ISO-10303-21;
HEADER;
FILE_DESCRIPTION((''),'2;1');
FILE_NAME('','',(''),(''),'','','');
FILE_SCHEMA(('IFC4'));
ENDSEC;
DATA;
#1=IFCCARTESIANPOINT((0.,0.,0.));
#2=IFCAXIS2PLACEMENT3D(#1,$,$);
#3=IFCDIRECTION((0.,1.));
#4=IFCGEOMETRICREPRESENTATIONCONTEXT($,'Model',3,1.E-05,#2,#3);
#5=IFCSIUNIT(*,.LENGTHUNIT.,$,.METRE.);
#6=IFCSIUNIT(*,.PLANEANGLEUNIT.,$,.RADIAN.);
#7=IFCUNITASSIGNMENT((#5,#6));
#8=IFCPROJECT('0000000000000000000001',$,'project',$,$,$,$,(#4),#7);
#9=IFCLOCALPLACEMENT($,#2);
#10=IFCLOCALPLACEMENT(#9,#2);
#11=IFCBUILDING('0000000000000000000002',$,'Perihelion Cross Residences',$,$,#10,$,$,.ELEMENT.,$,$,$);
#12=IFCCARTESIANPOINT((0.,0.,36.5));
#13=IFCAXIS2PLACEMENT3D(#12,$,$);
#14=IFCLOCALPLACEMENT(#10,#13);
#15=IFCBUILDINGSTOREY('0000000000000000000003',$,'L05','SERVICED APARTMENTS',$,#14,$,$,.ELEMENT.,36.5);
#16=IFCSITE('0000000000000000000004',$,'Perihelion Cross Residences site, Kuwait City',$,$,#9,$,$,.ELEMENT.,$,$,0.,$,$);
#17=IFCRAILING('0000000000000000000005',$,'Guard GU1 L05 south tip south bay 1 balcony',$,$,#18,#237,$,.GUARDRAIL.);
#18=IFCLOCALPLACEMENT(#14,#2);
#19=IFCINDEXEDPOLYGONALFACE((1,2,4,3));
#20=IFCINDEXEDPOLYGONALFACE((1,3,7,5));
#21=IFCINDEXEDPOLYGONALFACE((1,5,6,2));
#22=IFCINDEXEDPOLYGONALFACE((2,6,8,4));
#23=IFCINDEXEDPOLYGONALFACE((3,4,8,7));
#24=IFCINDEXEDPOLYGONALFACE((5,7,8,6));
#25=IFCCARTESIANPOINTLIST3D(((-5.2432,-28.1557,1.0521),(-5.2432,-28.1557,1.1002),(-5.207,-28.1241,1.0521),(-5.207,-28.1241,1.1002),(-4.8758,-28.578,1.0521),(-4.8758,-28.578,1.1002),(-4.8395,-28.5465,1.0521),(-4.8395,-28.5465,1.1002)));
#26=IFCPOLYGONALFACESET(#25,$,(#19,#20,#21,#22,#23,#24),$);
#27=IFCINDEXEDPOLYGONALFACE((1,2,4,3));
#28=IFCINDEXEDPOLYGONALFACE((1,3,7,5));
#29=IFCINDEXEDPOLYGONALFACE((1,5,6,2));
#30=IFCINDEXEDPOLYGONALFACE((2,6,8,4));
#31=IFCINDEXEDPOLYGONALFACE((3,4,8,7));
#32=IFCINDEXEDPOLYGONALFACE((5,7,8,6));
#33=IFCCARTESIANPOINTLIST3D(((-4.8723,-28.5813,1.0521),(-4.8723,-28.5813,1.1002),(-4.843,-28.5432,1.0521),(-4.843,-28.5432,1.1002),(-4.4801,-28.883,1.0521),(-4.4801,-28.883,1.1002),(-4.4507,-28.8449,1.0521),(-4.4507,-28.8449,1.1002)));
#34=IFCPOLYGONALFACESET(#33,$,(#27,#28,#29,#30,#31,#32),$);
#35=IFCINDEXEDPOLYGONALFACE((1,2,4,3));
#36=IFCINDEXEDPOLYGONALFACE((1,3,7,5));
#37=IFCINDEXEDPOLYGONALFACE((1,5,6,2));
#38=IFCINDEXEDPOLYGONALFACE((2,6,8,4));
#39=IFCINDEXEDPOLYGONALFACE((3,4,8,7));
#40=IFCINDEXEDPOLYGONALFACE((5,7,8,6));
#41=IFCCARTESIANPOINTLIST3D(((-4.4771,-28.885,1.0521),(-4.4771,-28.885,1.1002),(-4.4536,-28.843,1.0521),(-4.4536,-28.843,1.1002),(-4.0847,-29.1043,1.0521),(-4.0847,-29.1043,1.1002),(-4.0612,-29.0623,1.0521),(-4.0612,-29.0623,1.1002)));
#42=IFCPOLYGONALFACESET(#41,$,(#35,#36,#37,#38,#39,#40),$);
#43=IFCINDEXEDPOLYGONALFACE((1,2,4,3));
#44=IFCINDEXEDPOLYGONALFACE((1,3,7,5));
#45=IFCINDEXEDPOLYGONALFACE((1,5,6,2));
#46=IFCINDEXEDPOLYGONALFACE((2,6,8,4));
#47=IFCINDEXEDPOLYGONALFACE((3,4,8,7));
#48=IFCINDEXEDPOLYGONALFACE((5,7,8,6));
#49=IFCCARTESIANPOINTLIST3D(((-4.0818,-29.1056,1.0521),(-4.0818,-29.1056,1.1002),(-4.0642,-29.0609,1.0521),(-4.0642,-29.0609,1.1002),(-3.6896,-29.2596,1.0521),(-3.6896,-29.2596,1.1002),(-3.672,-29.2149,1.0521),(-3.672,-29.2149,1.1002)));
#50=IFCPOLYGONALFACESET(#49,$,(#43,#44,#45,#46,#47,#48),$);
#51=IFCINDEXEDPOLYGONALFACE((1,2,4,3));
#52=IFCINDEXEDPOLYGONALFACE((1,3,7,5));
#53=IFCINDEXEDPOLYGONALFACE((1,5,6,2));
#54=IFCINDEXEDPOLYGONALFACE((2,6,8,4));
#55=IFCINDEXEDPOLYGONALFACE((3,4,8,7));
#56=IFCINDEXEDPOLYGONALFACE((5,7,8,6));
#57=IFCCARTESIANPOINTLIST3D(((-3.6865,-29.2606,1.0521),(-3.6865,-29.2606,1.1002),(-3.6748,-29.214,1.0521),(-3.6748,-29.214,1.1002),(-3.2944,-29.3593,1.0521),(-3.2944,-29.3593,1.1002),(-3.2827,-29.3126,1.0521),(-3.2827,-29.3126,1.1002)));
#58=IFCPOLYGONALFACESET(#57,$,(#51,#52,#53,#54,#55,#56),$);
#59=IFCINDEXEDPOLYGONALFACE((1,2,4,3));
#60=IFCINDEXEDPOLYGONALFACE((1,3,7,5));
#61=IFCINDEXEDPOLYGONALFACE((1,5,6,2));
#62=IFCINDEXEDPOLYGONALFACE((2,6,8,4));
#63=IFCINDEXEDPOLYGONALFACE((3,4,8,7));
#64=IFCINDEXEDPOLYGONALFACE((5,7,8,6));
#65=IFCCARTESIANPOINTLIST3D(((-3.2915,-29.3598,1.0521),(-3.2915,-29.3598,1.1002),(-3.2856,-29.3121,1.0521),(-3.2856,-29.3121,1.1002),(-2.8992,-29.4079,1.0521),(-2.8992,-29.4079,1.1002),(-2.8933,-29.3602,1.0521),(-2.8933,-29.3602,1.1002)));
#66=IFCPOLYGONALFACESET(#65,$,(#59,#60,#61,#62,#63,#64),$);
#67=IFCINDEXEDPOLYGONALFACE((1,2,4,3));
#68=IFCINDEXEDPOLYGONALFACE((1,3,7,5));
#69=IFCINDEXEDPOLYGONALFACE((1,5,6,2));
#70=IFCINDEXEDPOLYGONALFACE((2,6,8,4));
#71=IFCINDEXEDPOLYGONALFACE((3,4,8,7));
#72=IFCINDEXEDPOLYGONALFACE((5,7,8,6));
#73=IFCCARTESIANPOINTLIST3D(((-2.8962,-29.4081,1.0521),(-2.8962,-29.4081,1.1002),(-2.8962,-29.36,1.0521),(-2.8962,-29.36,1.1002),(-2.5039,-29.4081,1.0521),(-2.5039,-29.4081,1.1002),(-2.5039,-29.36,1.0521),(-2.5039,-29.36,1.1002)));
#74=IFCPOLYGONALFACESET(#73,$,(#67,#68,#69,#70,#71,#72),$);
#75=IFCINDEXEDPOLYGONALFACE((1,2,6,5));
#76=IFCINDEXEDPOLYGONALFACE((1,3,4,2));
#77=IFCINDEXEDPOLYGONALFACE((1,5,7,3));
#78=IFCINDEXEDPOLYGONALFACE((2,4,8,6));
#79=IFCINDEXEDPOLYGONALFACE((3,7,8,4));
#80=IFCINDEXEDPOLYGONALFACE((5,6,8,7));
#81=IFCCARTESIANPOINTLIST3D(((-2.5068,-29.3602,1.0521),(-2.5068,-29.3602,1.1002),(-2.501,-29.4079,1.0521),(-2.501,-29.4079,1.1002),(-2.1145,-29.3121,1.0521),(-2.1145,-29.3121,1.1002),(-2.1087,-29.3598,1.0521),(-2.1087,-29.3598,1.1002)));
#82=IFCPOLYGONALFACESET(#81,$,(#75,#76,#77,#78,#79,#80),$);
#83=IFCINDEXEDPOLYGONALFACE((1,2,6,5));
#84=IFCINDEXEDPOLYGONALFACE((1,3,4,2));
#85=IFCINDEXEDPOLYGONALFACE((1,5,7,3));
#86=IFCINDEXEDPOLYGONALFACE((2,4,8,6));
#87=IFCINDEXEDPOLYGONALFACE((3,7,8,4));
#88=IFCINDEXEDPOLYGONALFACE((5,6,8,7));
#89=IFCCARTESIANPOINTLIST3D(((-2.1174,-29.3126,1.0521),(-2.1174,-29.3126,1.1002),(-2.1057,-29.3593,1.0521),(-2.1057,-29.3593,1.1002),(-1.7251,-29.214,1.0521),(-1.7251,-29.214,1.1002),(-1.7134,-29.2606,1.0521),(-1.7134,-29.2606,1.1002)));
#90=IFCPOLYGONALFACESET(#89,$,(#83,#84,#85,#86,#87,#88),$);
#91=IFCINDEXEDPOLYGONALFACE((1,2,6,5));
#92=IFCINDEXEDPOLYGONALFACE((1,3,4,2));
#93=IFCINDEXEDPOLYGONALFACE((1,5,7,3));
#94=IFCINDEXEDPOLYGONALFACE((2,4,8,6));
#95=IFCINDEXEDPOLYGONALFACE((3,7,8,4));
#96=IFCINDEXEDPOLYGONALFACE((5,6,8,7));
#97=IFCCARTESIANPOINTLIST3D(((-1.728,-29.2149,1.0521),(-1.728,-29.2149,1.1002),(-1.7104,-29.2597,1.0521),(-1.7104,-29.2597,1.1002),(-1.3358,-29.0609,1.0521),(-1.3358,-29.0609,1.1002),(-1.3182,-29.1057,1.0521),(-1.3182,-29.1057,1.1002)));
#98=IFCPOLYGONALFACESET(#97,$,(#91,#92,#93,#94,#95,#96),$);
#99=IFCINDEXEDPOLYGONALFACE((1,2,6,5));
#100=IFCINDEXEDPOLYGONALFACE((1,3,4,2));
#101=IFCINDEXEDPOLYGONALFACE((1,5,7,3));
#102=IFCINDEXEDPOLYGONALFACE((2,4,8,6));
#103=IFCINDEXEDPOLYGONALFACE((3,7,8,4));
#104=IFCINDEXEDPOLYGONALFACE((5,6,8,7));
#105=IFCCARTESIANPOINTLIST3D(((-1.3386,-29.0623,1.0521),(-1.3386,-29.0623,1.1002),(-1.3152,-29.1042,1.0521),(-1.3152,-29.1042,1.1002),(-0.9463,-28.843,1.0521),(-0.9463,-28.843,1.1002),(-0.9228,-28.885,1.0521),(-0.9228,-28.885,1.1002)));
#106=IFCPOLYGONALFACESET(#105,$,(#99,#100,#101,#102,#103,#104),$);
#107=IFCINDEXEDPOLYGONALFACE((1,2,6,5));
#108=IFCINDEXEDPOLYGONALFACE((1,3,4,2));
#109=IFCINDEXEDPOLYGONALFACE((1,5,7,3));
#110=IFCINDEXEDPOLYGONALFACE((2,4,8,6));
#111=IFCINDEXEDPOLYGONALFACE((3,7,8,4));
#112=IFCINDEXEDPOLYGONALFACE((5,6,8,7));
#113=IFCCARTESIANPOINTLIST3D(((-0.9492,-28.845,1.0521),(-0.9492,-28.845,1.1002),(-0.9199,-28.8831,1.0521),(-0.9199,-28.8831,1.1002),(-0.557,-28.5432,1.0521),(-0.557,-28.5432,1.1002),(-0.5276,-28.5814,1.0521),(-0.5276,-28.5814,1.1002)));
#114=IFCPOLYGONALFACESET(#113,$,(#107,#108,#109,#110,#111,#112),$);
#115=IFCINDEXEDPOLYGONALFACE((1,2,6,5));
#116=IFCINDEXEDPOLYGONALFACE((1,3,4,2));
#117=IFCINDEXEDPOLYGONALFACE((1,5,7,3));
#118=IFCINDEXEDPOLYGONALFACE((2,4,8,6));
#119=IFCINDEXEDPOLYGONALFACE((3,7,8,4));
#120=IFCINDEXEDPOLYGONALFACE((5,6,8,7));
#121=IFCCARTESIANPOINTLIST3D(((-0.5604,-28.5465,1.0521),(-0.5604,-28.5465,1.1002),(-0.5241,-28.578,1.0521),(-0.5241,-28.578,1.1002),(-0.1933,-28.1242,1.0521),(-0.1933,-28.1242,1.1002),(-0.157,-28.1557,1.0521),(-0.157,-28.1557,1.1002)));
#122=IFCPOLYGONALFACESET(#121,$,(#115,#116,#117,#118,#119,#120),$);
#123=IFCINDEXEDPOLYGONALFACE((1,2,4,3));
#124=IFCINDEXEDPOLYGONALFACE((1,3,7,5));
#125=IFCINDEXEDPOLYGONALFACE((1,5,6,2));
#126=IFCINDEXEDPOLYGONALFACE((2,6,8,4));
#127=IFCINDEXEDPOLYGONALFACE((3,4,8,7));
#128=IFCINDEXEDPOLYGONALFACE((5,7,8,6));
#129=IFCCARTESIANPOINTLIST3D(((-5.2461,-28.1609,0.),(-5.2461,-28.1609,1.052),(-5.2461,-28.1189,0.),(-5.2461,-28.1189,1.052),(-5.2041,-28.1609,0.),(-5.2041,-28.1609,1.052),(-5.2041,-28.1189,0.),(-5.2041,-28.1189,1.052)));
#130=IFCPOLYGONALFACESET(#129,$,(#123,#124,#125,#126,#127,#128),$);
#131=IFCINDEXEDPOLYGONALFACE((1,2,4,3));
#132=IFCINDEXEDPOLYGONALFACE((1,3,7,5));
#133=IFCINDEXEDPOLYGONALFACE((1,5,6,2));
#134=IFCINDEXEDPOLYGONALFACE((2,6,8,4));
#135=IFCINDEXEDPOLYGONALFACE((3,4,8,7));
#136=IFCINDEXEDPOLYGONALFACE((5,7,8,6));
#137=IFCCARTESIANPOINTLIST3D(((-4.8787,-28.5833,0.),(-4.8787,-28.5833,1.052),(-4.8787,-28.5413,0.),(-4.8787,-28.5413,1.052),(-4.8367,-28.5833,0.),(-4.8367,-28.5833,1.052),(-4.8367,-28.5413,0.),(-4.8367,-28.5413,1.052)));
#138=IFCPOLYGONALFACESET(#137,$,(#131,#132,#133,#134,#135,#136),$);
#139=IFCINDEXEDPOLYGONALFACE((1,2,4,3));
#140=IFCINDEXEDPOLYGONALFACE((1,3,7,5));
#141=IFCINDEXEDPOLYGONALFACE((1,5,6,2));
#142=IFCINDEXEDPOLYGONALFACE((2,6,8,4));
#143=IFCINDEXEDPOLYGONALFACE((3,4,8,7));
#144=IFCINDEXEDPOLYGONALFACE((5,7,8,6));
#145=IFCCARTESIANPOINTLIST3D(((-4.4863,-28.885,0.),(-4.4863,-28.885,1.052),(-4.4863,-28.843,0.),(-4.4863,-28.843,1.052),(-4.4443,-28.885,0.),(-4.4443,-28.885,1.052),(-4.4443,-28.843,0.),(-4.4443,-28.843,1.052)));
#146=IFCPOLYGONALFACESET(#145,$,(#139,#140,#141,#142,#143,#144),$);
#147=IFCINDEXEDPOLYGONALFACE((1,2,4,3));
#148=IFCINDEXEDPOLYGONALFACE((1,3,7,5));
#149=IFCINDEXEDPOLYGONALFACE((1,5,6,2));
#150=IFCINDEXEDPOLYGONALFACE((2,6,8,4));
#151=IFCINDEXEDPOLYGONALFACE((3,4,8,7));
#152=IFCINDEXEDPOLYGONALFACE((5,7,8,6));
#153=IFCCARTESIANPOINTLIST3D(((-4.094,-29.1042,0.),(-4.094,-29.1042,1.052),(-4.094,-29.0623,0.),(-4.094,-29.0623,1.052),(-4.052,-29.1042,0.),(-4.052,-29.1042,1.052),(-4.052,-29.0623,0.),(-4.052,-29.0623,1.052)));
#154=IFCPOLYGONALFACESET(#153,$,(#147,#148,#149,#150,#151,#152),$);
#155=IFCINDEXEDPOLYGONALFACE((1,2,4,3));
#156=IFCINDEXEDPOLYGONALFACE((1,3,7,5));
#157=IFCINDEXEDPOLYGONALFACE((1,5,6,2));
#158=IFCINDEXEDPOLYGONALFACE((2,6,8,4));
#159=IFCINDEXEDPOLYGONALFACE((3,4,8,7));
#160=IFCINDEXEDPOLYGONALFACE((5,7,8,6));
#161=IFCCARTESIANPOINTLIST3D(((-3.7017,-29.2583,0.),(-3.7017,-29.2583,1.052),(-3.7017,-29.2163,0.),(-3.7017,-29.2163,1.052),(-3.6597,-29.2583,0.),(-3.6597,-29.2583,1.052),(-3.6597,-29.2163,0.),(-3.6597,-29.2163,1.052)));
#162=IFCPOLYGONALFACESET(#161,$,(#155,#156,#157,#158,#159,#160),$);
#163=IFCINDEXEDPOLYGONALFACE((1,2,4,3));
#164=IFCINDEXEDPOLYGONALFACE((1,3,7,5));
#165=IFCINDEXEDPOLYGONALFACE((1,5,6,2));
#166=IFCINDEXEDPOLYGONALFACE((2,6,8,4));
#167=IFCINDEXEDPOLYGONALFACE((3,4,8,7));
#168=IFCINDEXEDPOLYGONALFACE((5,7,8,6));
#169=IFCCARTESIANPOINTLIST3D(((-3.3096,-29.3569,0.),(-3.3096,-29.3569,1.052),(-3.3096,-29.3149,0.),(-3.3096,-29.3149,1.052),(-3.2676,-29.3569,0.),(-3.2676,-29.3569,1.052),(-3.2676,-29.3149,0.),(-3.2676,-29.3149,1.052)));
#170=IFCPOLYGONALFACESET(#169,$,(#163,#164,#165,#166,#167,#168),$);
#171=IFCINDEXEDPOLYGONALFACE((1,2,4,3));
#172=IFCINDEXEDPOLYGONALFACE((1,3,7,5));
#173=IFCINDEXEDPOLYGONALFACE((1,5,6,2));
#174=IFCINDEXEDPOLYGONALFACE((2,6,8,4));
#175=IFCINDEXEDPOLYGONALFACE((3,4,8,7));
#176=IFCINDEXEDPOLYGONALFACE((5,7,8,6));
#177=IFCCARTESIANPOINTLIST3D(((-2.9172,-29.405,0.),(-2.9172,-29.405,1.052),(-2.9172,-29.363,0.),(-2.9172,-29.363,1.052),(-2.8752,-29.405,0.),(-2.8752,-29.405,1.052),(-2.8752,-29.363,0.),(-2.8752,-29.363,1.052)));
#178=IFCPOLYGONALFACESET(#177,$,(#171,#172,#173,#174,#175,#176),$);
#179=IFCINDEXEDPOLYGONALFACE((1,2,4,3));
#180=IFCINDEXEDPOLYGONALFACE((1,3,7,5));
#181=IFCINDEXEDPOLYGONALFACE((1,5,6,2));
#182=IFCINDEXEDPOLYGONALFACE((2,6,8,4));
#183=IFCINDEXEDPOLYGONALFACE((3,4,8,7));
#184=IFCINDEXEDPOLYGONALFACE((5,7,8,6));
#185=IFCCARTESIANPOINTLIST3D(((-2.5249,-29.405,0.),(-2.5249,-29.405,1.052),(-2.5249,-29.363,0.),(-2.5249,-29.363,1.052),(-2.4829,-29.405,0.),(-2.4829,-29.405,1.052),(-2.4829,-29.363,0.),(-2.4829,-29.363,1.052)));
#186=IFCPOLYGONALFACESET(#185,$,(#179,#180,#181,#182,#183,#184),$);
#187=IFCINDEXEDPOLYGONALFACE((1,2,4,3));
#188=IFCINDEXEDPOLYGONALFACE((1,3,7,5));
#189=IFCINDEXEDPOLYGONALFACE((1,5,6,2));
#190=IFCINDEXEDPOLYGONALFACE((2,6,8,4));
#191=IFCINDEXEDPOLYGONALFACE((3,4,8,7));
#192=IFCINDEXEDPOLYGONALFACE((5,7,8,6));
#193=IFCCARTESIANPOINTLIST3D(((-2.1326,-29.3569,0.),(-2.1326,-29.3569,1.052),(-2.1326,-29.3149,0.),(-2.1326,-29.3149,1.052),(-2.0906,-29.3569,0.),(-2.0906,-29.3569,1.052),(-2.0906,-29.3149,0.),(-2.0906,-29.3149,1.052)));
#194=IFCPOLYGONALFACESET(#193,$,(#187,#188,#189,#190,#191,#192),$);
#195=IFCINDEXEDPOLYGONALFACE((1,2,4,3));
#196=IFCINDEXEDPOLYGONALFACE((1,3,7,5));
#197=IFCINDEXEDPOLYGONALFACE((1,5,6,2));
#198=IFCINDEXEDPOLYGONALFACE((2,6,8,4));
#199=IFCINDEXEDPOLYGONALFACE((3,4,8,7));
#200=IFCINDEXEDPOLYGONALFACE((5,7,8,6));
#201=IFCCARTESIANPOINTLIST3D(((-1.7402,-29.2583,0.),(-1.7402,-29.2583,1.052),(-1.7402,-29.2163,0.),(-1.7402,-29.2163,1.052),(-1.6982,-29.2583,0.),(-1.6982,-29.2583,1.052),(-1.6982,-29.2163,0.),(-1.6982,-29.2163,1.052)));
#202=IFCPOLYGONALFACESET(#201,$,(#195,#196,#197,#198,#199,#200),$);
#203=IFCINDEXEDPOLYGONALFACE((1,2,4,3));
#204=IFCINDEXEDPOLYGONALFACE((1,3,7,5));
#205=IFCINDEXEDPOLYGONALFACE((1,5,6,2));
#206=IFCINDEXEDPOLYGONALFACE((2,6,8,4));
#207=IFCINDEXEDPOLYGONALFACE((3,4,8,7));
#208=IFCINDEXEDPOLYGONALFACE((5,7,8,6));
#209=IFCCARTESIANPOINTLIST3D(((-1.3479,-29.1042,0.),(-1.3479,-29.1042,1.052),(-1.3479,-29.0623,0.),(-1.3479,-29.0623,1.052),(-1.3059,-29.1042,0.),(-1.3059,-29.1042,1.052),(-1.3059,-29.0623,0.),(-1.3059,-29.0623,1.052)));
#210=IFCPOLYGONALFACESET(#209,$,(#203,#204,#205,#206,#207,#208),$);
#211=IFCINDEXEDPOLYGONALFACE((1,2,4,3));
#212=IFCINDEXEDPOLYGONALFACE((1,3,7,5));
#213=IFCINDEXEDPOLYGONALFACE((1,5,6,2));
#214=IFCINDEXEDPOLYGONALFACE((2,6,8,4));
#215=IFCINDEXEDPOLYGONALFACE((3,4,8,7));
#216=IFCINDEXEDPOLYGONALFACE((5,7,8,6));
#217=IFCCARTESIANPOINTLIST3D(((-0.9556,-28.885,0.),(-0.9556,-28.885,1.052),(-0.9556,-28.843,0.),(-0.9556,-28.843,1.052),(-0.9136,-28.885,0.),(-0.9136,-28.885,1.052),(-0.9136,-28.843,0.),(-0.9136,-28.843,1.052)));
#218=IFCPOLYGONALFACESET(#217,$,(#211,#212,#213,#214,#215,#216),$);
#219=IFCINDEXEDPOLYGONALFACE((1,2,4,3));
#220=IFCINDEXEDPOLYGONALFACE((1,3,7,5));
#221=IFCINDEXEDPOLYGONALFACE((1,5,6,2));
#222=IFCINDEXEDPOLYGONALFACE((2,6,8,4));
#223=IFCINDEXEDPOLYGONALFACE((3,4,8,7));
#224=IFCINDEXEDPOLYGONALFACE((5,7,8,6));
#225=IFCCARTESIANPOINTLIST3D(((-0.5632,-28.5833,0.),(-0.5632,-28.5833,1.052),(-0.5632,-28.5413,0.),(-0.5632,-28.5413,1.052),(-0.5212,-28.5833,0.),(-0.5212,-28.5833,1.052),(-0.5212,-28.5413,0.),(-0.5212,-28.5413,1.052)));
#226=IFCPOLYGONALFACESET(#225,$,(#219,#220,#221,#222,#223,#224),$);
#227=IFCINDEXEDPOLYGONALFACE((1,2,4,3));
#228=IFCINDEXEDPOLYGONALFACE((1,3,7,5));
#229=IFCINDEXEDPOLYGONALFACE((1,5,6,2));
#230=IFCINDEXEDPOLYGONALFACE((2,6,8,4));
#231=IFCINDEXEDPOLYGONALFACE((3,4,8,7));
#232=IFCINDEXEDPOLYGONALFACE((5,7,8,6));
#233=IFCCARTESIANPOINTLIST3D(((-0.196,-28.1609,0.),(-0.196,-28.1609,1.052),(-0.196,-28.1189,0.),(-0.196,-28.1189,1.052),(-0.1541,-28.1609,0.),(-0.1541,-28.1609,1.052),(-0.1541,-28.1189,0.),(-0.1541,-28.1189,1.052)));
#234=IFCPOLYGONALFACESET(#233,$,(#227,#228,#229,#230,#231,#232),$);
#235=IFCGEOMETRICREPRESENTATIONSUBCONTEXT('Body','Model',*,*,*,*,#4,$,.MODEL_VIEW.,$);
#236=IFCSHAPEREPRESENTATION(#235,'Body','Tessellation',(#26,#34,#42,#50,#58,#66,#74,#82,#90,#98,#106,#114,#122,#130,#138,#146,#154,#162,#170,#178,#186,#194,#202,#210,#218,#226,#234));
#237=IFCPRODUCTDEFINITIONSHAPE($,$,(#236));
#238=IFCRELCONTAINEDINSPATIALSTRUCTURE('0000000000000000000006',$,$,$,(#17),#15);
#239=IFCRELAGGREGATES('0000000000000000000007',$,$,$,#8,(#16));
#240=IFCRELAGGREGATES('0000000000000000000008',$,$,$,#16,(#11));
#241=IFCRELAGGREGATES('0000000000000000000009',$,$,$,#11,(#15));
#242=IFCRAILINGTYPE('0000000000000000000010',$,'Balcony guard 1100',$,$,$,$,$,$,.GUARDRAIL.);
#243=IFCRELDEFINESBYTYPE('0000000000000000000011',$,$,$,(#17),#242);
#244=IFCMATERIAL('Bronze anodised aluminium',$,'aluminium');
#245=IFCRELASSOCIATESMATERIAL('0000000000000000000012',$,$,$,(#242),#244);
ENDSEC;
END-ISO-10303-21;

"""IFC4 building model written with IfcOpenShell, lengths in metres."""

from ifc_helpers import new_model, si_unit, direction, frame, origin, origin_2d, place, context, subcontext, project, spatial, rectangle, extrude, material, type_object, element, save


model = new_model("IFC4")

# Units and contexts
model_context = context("Model", 3, precision=1e-05, world=origin(), true_north=direction((0.0, 1.0)))
body_context = subcontext(model_context, "Body", "Model", "MODEL_VIEW")
ifc_project = project(units=[si_unit("LENGTHUNIT", "METRE"), si_unit("PLANEANGLEUNIT", "RADIAN")], contexts=[model_context])

# Site, building, storey
site_placement = place(None, origin())
site = spatial("IfcSite", under=ifc_project, at=site_placement, Name="Perihelion Cross Residences site, Kuwait City", CompositionType="ELEMENT", RefElevation=0.0)
building_placement = place(site_placement, origin())
building = spatial("IfcBuilding", under=site, at=building_placement, Name="Perihelion Cross Residences", CompositionType="ELEMENT")
storey_placement = place(building_placement, frame((0.0, 0.0, 36.5)))
storey = spatial("IfcBuildingStorey", under=building, at=storey_placement, Name="L05", Description="SERVICED APARTMENTS", CompositionType="ELEMENT", Elevation=36.5)

# Railing
ifc_material_1 = material(Name="Bronze anodised aluminium", Category="aluminium")
railing_type = type_object("IfcRailingType", Name="Balcony guard 1100", PredefinedType="GUARDRAIL", material=ifc_material_1)
railing_placement = place(storey_placement, frame((-5.2251, -28.1399, 0.0)))
element("IfcRailing", 1, at=railing_placement, inside=storey, type_object=railing_type, Name="Guard GU1 L05 south tip south bay 1 balcony", PredefinedType="GUARDRAIL", context=body_context, shape_type="SweptSolid", body=[
    extrude(rectangle(XDim=0.0481, YDim=0.0481, at=origin_2d()), frame((0.0, 0.0, 1.0762), z_axis=(0.656341, -0.754465, 0.0), x_axis=(0.754465, 0.656341, 0.0)), (0.0, 0.0, 1.0), 0.5598),
    extrude(rectangle(XDim=0.0481, YDim=0.0481, at=origin_2d()), frame((0.3674, -0.4224, 1.0762), z_axis=(0.792661, -0.609663, 0.0), x_axis=(0.609663, 0.792661, 0.0)), (0.0, 0.0, 1.0), 0.4949),
    extrude(rectangle(XDim=0.0481, YDim=0.0481, at=origin_2d()), frame((0.7598, -0.7241, 1.0762), z_axis=(0.87295, -0.487809, 0.0), x_axis=(0.487809, 0.87295, 0.0)), (0.0, 0.0, 1.0), 0.4495),
    extrude(rectangle(XDim=0.0481, YDim=0.0481, at=origin_2d()), frame((1.1521, -0.9434, 1.0762), z_axis=(0.930815, -0.365491, 0.0), x_axis=(0.365491, 0.930815, 0.0)), (0.0, 0.0, 1.0), 0.4214),
    extrude(rectangle(XDim=0.0481, YDim=0.0481, at=origin_2d()), frame((1.5444, -1.0974, 1.0762), z_axis=(0.969786, -0.243956, 0.0), x_axis=(0.243956, 0.969786, 0.0)), (0.0, 0.0, 1.0), 0.4043),
    extrude(rectangle(XDim=0.0481, YDim=0.0481, at=origin_2d()), frame((1.9365, -1.196, 1.0762), z_axis=(0.99257, -0.121678, 0.0), x_axis=(0.121678, 0.99257, 0.0)), (0.0, 0.0, 1.0), 0.3953),
    extrude(rectangle(XDim=0.0481, YDim=0.0481, at=origin_2d()), frame((2.3289, -1.2441, 1.0762), z_axis=(1.0, 0.0, 0.0), x_axis=(0.0, 1.0, 0.0)), (0.0, 0.0, 1.0), 0.3923),
    extrude(rectangle(XDim=0.0481, YDim=0.0481, at=origin_2d()), frame((2.7212, -1.2441, 1.0762), z_axis=(0.99257, 0.121678, 0.0), x_axis=(-0.121678, 0.99257, 0.0)), (0.0, 0.0, 1.0), 0.3953),
    extrude(rectangle(XDim=0.0481, YDim=0.0481, at=origin_2d()), frame((3.1135, -1.196, 1.0762), z_axis=(0.969822, 0.243813, 0.0), x_axis=(-0.243813, 0.969822, 0.0)), (0.0, 0.0, 1.0), 0.4045),
    extrude(rectangle(XDim=0.0481, YDim=0.0481, at=origin_2d()), frame((3.5059, -1.0974, 1.0762), z_axis=(0.930815, 0.365491, 0.0), x_axis=(-0.365491, 0.930815, 0.0)), (0.0, 0.0, 1.0), 0.4214),
    extrude(rectangle(XDim=0.0481, YDim=0.0481, at=origin_2d()), frame((3.8982, -0.9434, 1.0762), z_axis=(0.87295, 0.487809, 0.0), x_axis=(-0.487809, 0.87295, 0.0)), (0.0, 0.0, 1.0), 0.4495),
    extrude(rectangle(XDim=0.0481, YDim=0.0481, at=origin_2d()), frame((4.2905, -0.7241, 1.0762), z_axis=(0.792661, 0.609663, 0.0), x_axis=(-0.609663, 0.792661, 0.0)), (0.0, 0.0, 1.0), 0.4949),
    extrude(rectangle(XDim=0.0481, YDim=0.0481, at=origin_2d()), frame((4.6829, -0.4224, 1.0762), z_axis=(0.656092, 0.754681, 0.0), x_axis=(-0.754681, 0.656092, 0.0)), (0.0, 0.0, 1.0), 0.5596),
    extrude(rectangle(XDim=0.042, YDim=0.042, at=origin_2d()), origin(), (0.0, 0.0, 1.0), 1.052),
    extrude(rectangle(XDim=0.042, YDim=0.042, at=origin_2d()), frame((0.3674, -0.4224, 0.0)), (0.0, 0.0, 1.0), 1.052),
    extrude(rectangle(XDim=0.042, YDim=0.042, at=origin_2d()), frame((0.7598, -0.7241, 0.0)), (0.0, 0.0, 1.0), 1.052),
    extrude(rectangle(XDim=0.042, YDim=0.042, at=origin_2d()), frame((1.1521, -0.9434, 0.0)), (0.0, 0.0, 1.0), 1.052),
    extrude(rectangle(XDim=0.042, YDim=0.042, at=origin_2d()), frame((1.5444, -1.0974, 0.0)), (0.0, 0.0, 1.0), 1.052),
    extrude(rectangle(XDim=0.042, YDim=0.042, at=origin_2d()), frame((1.9365, -1.196, 0.0)), (0.0, 0.0, 1.0), 1.052),
    extrude(rectangle(XDim=0.042, YDim=0.042, at=origin_2d()), frame((2.3289, -1.2441, 0.0)), (0.0, 0.0, 1.0), 1.052),
    extrude(rectangle(XDim=0.042, YDim=0.042, at=origin_2d()), frame((2.7212, -1.2441, 0.0)), (0.0, 0.0, 1.0), 1.052),
    extrude(rectangle(XDim=0.042, YDim=0.042, at=origin_2d()), frame((3.1135, -1.196, 0.0)), (0.0, 0.0, 1.0), 1.052),
    extrude(rectangle(XDim=0.042, YDim=0.042, at=origin_2d()), frame((3.5059, -1.0974, 0.0)), (0.0, 0.0, 1.0), 1.052),
    extrude(rectangle(XDim=0.042, YDim=0.042, at=origin_2d()), frame((3.8982, -0.9434, 0.0)), (0.0, 0.0, 1.0), 1.052),
    extrude(rectangle(XDim=0.042, YDim=0.042, at=origin_2d()), frame((4.2905, -0.7241, 0.0)), (0.0, 0.0, 1.0), 1.052),
    extrude(rectangle(XDim=0.042, YDim=0.042, at=origin_2d()), frame((4.6829, -0.4224, 0.0)), (0.0, 0.0, 1.0), 1.052),
    extrude(rectangle(XDim=0.042, YDim=0.042, at=origin_2d()), frame((5.05, 0.0, 0.0)), (0.0, 0.0, 1.0), 1.052),
])

save(model, "model.ifc")
